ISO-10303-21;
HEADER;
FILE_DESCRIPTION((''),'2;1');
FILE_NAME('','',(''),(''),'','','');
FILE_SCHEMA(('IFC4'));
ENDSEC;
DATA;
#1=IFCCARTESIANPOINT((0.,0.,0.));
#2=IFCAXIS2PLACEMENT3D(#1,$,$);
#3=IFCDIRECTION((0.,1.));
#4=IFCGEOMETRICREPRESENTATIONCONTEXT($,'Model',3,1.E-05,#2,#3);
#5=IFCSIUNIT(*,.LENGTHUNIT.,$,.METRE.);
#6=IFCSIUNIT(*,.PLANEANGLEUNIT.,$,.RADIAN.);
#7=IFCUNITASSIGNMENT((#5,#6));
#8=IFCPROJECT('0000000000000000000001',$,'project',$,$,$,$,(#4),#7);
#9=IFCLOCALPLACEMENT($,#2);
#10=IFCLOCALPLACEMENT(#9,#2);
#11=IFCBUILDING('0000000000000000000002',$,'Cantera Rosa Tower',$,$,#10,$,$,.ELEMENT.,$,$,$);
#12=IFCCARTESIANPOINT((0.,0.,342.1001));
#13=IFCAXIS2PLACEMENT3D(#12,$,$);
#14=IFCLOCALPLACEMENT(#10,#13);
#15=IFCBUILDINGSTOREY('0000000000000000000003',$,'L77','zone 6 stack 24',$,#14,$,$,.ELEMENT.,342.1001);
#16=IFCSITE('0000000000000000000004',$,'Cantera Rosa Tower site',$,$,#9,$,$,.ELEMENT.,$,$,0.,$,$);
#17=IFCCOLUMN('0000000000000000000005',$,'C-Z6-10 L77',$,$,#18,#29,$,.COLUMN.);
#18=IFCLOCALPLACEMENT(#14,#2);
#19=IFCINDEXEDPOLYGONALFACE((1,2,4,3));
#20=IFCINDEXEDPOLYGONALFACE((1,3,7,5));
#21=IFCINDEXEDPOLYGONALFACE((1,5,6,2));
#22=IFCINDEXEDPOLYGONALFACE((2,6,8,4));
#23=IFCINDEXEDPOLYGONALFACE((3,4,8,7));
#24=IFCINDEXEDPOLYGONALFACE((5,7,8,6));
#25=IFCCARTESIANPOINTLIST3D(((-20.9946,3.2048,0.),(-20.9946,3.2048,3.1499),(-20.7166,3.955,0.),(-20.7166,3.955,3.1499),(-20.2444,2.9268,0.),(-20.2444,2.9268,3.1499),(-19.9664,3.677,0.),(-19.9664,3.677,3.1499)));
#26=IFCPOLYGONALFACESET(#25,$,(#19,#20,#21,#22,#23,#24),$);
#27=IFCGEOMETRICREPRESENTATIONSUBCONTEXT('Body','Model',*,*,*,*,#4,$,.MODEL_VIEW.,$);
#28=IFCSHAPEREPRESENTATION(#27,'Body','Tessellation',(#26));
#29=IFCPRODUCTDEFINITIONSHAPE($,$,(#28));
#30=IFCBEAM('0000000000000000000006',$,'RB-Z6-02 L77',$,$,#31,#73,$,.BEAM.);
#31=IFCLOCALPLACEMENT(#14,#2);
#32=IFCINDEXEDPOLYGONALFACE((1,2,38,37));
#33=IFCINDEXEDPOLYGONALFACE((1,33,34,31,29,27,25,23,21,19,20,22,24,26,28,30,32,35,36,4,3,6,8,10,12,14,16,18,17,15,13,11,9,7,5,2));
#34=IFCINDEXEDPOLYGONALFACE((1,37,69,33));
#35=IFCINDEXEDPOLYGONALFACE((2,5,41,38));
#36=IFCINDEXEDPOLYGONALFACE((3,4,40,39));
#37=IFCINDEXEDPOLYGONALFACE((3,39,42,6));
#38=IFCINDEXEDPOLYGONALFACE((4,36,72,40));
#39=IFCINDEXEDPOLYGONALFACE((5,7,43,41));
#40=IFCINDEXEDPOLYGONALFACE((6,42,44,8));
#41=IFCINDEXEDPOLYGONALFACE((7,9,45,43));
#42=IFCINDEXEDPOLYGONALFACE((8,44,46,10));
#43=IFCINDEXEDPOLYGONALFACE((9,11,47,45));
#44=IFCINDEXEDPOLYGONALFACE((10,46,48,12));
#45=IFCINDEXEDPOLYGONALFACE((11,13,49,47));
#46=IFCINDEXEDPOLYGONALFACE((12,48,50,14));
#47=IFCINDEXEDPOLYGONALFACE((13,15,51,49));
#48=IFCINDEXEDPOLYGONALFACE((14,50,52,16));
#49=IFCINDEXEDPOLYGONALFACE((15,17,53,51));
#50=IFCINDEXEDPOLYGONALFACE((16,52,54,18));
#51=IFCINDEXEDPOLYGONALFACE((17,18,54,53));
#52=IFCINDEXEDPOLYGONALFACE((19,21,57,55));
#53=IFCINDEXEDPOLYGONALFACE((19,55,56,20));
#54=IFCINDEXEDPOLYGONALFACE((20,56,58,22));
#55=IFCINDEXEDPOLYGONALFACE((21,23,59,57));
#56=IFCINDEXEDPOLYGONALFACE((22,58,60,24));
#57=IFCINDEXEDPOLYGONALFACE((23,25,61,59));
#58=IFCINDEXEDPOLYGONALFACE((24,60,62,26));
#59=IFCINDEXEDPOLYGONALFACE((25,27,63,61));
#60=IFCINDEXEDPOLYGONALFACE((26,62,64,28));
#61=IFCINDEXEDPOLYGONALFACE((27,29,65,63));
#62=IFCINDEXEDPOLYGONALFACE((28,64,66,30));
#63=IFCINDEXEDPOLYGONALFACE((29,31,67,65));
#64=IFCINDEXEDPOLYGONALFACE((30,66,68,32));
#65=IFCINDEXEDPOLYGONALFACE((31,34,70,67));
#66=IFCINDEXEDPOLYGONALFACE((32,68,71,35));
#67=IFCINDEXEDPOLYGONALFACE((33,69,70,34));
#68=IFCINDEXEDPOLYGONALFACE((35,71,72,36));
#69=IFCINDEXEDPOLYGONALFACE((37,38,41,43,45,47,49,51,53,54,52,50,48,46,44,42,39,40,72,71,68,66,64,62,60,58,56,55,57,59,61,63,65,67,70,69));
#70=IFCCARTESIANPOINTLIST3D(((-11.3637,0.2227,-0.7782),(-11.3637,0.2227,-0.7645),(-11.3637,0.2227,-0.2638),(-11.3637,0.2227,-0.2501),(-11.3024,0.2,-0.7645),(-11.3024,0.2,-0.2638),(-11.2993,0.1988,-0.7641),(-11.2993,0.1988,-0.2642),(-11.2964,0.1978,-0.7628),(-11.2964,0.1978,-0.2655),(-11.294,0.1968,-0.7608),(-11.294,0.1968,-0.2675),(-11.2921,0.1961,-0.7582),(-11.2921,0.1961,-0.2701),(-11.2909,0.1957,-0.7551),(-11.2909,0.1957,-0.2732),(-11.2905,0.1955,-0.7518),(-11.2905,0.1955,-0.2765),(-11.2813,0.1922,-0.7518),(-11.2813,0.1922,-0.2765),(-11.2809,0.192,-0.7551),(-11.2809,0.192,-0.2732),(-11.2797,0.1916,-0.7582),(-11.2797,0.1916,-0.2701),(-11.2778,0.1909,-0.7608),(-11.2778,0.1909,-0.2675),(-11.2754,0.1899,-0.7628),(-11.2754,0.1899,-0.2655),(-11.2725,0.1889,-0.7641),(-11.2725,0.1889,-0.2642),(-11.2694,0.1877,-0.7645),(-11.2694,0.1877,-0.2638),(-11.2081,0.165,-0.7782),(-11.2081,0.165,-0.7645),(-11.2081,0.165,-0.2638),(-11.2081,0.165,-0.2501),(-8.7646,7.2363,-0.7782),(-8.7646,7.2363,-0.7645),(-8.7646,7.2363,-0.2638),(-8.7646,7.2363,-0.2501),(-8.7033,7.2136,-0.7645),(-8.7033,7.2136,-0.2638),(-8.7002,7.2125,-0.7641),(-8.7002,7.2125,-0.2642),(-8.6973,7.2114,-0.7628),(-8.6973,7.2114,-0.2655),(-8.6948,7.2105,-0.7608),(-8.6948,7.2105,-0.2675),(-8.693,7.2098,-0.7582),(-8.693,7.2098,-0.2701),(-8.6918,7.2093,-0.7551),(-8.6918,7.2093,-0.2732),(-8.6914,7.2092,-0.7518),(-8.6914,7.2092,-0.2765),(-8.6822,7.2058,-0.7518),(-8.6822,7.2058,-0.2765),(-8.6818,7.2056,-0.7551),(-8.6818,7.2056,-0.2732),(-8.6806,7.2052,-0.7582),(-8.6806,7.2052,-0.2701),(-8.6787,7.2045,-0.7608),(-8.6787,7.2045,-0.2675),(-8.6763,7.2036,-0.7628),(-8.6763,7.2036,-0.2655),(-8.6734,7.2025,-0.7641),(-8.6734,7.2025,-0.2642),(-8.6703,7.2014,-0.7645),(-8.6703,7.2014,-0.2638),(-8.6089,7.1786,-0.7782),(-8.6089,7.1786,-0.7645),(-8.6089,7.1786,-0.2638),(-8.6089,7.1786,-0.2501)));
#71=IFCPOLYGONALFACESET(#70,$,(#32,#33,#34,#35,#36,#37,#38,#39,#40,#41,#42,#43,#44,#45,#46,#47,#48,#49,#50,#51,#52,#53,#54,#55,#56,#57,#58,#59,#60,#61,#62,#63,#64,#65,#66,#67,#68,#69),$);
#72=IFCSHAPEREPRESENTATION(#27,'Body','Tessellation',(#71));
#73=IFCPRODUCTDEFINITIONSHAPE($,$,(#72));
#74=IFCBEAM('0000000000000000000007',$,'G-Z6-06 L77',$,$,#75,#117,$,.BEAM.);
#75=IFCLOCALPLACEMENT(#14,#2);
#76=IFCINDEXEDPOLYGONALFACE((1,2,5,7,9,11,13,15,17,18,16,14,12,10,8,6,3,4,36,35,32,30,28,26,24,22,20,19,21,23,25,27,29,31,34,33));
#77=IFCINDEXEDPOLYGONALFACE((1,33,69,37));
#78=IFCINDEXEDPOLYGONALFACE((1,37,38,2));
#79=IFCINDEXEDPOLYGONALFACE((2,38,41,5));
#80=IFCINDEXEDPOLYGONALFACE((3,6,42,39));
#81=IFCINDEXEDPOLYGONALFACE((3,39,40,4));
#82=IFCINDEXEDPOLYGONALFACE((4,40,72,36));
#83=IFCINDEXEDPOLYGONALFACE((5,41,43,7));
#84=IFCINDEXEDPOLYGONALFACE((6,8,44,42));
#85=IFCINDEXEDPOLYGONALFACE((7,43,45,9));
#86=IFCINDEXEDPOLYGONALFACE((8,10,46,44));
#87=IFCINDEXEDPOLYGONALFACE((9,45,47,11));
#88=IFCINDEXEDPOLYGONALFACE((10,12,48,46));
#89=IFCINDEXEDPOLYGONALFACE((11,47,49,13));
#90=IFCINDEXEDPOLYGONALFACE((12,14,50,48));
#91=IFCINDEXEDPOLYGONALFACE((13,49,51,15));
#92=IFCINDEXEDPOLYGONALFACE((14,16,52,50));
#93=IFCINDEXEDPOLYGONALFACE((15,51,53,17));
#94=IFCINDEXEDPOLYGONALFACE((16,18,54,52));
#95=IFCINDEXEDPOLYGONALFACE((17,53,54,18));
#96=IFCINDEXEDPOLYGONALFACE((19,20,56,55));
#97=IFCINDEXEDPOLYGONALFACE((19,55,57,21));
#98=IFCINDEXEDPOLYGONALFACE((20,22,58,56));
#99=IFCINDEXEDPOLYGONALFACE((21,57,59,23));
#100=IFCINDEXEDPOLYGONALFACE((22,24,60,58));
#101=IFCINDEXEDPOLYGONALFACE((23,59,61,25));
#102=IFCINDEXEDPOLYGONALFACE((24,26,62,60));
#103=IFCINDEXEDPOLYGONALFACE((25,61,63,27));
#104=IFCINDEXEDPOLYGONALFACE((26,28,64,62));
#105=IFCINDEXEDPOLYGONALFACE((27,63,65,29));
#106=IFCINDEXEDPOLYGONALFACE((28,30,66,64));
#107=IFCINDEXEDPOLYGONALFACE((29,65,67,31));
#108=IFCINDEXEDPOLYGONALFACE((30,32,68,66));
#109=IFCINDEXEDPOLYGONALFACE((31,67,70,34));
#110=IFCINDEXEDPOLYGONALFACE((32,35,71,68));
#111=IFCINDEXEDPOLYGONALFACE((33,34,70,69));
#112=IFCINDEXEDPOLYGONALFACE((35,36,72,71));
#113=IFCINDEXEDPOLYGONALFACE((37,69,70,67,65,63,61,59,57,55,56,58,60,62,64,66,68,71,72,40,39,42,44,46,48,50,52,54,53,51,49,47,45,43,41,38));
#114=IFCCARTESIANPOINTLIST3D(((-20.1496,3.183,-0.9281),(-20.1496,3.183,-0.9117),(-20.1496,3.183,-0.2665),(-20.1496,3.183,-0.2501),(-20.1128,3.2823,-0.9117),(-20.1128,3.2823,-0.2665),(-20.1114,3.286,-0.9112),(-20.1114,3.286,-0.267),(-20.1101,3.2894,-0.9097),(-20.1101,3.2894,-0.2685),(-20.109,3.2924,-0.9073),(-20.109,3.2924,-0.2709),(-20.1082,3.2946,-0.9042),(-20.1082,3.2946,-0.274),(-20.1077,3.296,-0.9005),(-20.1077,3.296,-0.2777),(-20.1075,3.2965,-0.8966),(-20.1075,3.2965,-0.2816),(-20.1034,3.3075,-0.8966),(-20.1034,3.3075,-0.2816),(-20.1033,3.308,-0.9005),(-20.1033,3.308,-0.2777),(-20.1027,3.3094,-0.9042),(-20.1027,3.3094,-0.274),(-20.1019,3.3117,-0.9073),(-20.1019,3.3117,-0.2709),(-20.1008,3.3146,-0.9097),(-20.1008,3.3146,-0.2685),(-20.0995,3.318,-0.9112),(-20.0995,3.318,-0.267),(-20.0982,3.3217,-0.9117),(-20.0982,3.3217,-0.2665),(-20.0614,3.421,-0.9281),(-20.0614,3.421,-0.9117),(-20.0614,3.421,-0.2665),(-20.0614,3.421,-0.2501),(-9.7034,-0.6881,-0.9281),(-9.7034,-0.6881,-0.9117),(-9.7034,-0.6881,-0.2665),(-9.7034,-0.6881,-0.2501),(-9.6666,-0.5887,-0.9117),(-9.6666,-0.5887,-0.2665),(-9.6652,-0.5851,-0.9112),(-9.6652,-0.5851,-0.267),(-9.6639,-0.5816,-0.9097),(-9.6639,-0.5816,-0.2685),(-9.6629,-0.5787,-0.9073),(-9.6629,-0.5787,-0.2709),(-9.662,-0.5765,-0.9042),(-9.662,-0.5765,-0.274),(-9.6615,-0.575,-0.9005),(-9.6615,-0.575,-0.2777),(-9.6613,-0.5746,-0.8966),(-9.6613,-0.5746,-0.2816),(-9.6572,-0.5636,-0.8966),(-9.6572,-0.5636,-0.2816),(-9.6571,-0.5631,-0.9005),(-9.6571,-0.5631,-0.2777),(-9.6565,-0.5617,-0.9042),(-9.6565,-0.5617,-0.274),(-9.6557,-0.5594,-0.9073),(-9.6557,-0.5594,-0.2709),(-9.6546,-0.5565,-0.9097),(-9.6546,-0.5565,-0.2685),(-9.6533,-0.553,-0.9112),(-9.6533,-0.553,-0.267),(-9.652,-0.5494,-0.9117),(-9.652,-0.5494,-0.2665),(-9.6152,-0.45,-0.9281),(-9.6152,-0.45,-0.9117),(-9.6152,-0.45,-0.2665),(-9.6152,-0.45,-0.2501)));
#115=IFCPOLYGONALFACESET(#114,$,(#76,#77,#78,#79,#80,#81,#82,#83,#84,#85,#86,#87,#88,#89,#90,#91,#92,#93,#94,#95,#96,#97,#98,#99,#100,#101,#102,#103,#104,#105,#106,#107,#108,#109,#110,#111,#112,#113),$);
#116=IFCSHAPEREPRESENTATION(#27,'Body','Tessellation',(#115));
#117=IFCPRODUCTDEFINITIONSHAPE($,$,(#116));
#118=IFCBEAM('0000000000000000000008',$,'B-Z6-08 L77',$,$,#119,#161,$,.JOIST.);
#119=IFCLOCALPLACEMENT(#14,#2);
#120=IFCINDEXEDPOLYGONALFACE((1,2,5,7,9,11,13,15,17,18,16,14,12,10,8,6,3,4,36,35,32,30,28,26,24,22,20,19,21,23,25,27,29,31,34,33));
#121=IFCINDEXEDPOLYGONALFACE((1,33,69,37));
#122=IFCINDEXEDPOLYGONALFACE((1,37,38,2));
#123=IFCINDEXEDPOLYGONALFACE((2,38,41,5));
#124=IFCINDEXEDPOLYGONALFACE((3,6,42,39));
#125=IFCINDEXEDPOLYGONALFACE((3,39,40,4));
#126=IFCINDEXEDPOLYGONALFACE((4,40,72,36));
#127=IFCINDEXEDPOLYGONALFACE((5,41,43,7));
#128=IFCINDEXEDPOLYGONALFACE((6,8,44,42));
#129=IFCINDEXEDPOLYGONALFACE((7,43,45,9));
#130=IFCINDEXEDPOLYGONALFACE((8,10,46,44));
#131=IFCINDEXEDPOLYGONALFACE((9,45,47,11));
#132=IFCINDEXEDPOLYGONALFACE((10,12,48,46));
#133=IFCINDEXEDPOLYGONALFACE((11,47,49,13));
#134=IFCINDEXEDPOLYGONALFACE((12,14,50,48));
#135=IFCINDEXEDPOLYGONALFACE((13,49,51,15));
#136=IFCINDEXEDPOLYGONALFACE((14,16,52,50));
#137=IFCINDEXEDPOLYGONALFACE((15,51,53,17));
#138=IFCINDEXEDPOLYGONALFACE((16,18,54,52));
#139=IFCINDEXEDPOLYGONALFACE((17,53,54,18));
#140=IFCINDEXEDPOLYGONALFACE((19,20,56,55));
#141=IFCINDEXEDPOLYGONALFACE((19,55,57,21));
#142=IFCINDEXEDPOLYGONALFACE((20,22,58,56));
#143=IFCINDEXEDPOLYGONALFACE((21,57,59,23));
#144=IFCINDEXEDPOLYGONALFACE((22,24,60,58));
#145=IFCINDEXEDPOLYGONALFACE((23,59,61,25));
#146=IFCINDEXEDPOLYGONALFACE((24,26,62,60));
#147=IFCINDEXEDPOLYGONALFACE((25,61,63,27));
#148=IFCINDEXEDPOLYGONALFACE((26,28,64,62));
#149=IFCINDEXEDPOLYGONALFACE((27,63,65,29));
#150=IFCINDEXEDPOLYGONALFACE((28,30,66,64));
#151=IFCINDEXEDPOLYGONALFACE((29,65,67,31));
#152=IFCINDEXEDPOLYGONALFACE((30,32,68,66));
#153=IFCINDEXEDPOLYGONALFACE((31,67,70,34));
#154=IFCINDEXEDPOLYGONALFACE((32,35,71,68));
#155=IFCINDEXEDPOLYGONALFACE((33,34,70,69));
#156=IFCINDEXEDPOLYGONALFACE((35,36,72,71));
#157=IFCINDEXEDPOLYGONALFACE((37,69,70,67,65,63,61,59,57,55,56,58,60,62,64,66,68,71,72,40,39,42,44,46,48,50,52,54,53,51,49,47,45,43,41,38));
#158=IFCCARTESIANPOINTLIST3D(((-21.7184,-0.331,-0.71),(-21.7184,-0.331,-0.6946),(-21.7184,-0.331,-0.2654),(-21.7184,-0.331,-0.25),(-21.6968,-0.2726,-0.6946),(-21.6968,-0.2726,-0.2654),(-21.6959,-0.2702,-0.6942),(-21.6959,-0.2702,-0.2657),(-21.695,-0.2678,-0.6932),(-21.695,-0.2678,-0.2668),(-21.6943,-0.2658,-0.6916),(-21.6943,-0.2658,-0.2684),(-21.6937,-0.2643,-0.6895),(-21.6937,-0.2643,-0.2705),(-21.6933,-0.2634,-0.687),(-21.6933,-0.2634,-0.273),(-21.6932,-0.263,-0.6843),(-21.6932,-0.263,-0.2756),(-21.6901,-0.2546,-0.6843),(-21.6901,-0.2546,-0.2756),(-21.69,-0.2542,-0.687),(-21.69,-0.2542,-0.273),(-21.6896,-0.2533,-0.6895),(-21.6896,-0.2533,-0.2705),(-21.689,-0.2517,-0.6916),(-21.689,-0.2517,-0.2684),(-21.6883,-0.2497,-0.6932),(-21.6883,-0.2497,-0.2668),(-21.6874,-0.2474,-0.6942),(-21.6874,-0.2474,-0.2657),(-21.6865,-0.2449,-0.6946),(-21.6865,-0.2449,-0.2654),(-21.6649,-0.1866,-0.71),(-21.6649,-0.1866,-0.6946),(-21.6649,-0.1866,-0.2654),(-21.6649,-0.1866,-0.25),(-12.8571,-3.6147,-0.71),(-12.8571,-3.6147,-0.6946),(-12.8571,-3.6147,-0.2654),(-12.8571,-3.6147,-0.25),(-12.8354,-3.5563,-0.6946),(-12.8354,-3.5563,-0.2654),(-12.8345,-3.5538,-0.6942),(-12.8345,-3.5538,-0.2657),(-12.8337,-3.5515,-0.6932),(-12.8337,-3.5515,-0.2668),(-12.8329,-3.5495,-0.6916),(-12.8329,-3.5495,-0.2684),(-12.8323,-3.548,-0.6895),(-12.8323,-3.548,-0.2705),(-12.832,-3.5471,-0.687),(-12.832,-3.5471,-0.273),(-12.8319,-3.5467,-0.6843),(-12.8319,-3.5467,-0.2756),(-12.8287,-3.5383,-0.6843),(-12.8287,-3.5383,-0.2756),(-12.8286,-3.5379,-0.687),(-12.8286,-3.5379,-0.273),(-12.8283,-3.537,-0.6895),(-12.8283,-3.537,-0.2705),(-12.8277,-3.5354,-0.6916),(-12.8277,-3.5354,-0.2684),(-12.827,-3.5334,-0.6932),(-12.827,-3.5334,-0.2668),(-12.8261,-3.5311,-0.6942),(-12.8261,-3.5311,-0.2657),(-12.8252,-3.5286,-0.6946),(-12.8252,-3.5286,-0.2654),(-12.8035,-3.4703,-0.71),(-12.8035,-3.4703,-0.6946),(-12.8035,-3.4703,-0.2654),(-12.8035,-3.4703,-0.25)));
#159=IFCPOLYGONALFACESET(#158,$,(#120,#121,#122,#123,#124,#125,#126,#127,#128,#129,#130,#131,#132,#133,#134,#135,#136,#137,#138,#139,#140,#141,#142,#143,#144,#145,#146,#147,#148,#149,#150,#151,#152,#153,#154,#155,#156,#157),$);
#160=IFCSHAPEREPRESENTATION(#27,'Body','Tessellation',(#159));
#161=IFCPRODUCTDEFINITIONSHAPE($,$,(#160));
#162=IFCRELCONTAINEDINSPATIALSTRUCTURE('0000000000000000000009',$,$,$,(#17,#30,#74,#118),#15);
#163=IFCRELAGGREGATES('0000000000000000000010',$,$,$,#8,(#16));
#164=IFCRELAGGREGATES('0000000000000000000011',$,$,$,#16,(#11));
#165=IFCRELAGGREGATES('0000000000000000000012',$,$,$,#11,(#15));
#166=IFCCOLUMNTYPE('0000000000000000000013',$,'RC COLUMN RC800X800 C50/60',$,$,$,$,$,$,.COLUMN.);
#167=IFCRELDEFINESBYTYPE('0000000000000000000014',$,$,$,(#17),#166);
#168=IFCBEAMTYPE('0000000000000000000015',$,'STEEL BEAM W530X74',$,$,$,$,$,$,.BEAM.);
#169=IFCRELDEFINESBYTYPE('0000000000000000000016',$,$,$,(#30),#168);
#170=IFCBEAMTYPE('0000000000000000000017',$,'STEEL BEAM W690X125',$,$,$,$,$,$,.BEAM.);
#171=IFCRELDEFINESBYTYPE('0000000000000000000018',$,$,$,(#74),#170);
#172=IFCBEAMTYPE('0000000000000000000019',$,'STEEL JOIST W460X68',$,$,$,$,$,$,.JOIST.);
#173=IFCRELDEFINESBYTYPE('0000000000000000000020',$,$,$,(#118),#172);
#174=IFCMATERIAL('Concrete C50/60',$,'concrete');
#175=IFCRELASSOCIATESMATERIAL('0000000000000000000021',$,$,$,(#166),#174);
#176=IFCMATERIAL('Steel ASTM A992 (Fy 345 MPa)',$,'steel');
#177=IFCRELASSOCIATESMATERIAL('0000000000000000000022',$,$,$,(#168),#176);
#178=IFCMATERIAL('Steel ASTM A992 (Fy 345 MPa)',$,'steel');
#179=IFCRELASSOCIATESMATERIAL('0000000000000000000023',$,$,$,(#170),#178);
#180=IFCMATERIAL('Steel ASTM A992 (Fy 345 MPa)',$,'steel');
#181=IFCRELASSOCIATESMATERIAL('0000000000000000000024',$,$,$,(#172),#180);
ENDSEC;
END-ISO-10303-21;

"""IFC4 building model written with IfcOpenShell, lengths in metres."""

from ifc_helpers import new_model, si_unit, direction, frame, origin, origin_2d, place, context, subcontext, project, spatial, rectangle, i_section, extrude, material, material_profile, profile_set, type_object, element, save


model = new_model("IFC4")

# Units and contexts
model_context = context("Model", 3, precision=1e-05, world=origin(), true_north=direction((0.0, 1.0)))
body_context = subcontext(model_context, "Body", "Model", "MODEL_VIEW")
ifc_project = project(units=[si_unit("LENGTHUNIT", "METRE"), si_unit("PLANEANGLEUNIT", "RADIAN")], contexts=[model_context])

# Site, building, storey
site_placement = place(None, origin())
site = spatial("IfcSite", under=ifc_project, at=site_placement, Name="Cantera Rosa Tower site", CompositionType="ELEMENT", RefElevation=0.0)
building_placement = place(site_placement, origin())
building = spatial("IfcBuilding", under=site, at=building_placement, Name="Cantera Rosa Tower", CompositionType="ELEMENT")
storey_placement = place(building_placement, frame((0.0, 0.0, 342.1001)))
storey = spatial("IfcBuildingStorey", under=building, at=storey_placement, Name="L77", Description="zone 6 stack 24", CompositionType="ELEMENT", Elevation=342.1001)

# Column
ifc_material_1 = material(Name="Concrete C50/60", Category="concrete")
ifc_material_profile_1 = material_profile(ifc_material_1, rectangle(XDim=0.8, YDim=0.8, at=origin_2d()), Name="RC COLUMN RC800X800 C50/60")
ifc_profile_set_1 = profile_set([ifc_material_profile_1], Name="Concrete C50/60")
column_type = type_object("IfcColumnType", Name="RC COLUMN RC800X800 C50/60", PredefinedType="COLUMN", material=ifc_profile_set_1)
column_placement = place(storey_placement, frame((-20.4805, 3.4409, 0.0), z_axis=(0.0, 0.0, 1.0), x_axis=(0.347481, 0.937687, 0.0)))
element("IfcColumn", 1, at=column_placement, inside=storey, type_object=column_type, Name="C-Z6-10 L77", PredefinedType="COLUMN", context=body_context, shape_type="SweptSolid", body=[
    extrude(rectangle(XDim=0.8, YDim=0.8, at=origin_2d()), origin(), (0.0, 0.0, 1.0), 3.1499),
])

# Beams
ifc_material_2 = material(Name="Steel ASTM A992 (Fy 345 MPa)", Category="steel")
ifc_material_profile_2 = material_profile(ifc_material_2, i_section(OverallWidth=0.166, OverallDepth=0.5281, WebThickness=0.0098, FlangeThickness=0.0137, FilletRadius=0.0127, at=origin_2d()), Name="W530X74")
ifc_profile_set_2 = profile_set([ifc_material_profile_2], Name="Steel ASTM A992 (Fy 345 MPa)")
beam_type_1 = type_object("IfcBeamType", Name="STEEL BEAM W530X74", PredefinedType="BEAM", material=ifc_profile_set_2)
beam_1_placement = place(storey_placement, frame((-11.2859, 0.1938, -0.5142), z_axis=(0.347487, 0.937685, 0.0), x_axis=(-0.937685, 0.347487, 0.0)))
element("IfcBeam", 2, at=beam_1_placement, inside=storey, type_object=beam_type_1, Name="RB-Z6-02 L77", PredefinedType="BEAM", context=body_context, shape_type="SweptSolid", body=[
    extrude(i_section(OverallWidth=0.166, OverallDepth=0.5281, WebThickness=0.0098, FlangeThickness=0.0137, FilletRadius=0.0127, at=origin_2d()), origin(), (0.0, 0.0, 1.0), 7.4797),
])
ifc_material_3 = material(Name="Steel ASTM A992 (Fy 345 MPa)", Category="steel")
ifc_material_profile_3 = material_profile(ifc_material_3, i_section(OverallWidth=0.2539, OverallDepth=0.678, WebThickness=0.0117, FlangeThickness=0.0164, FilletRadius=0.0151, at=origin_2d()), Name="W690X125")
ifc_profile_set_3 = profile_set([ifc_material_profile_3], Name="Steel ASTM A992 (Fy 345 MPa)")
beam_type_2 = type_object("IfcBeamType", Name="STEEL BEAM W690X125", PredefinedType="BEAM", material=ifc_profile_set_3)
beam_2_placement = place(storey_placement, frame((-20.1055, 3.302, -0.5891), z_axis=(0.937687, -0.34748, 0.0), x_axis=(0.34748, 0.937687, 0.0)))
element("IfcBeam", 3, at=beam_2_placement, inside=storey, type_object=beam_type_2, Name="G-Z6-06 L77", PredefinedType="BEAM", context=body_context, shape_type="SweptSolid", body=[
    extrude(i_section(OverallWidth=0.2539, OverallDepth=0.678, WebThickness=0.0117, FlangeThickness=0.0164, FilletRadius=0.0151, at=origin_2d()), origin(), (0.0, 0.0, 1.0), 11.1404),
])
ifc_material_4 = material(Name="Steel ASTM A992 (Fy 345 MPa)", Category="steel")
ifc_material_profile_4 = material_profile(ifc_material_4, i_section(OverallWidth=0.1541, OverallDepth=0.46, WebThickness=0.009, FlangeThickness=0.0154, FilletRadius=0.0103, at=origin_2d()), Name="W460X68")
ifc_profile_set_4 = profile_set([ifc_material_profile_4], Name="Steel ASTM A992 (Fy 345 MPa)")
beam_type_3 = type_object("IfcBeamType", Name="STEEL JOIST W460X68", PredefinedType="JOIST", material=ifc_profile_set_4)
beam_3_placement = place(storey_placement, frame((-21.6917, -0.2588, -0.48), z_axis=(0.93769, -0.347474, 0.0), x_axis=(0.347474, 0.93769, 0.0)))
element("IfcBeam", 4, at=beam_3_placement, inside=storey, type_object=beam_type_3, Name="B-Z6-08 L77", PredefinedType="JOIST", context=body_context, shape_type="SweptSolid", body=[
    extrude(i_section(OverallWidth=0.1541, OverallDepth=0.46, WebThickness=0.009, FlangeThickness=0.0154, FilletRadius=0.0103, at=origin_2d()), origin(), (0.0, 0.0, 1.0), 9.4502),
])

save(model, "model.ifc")
